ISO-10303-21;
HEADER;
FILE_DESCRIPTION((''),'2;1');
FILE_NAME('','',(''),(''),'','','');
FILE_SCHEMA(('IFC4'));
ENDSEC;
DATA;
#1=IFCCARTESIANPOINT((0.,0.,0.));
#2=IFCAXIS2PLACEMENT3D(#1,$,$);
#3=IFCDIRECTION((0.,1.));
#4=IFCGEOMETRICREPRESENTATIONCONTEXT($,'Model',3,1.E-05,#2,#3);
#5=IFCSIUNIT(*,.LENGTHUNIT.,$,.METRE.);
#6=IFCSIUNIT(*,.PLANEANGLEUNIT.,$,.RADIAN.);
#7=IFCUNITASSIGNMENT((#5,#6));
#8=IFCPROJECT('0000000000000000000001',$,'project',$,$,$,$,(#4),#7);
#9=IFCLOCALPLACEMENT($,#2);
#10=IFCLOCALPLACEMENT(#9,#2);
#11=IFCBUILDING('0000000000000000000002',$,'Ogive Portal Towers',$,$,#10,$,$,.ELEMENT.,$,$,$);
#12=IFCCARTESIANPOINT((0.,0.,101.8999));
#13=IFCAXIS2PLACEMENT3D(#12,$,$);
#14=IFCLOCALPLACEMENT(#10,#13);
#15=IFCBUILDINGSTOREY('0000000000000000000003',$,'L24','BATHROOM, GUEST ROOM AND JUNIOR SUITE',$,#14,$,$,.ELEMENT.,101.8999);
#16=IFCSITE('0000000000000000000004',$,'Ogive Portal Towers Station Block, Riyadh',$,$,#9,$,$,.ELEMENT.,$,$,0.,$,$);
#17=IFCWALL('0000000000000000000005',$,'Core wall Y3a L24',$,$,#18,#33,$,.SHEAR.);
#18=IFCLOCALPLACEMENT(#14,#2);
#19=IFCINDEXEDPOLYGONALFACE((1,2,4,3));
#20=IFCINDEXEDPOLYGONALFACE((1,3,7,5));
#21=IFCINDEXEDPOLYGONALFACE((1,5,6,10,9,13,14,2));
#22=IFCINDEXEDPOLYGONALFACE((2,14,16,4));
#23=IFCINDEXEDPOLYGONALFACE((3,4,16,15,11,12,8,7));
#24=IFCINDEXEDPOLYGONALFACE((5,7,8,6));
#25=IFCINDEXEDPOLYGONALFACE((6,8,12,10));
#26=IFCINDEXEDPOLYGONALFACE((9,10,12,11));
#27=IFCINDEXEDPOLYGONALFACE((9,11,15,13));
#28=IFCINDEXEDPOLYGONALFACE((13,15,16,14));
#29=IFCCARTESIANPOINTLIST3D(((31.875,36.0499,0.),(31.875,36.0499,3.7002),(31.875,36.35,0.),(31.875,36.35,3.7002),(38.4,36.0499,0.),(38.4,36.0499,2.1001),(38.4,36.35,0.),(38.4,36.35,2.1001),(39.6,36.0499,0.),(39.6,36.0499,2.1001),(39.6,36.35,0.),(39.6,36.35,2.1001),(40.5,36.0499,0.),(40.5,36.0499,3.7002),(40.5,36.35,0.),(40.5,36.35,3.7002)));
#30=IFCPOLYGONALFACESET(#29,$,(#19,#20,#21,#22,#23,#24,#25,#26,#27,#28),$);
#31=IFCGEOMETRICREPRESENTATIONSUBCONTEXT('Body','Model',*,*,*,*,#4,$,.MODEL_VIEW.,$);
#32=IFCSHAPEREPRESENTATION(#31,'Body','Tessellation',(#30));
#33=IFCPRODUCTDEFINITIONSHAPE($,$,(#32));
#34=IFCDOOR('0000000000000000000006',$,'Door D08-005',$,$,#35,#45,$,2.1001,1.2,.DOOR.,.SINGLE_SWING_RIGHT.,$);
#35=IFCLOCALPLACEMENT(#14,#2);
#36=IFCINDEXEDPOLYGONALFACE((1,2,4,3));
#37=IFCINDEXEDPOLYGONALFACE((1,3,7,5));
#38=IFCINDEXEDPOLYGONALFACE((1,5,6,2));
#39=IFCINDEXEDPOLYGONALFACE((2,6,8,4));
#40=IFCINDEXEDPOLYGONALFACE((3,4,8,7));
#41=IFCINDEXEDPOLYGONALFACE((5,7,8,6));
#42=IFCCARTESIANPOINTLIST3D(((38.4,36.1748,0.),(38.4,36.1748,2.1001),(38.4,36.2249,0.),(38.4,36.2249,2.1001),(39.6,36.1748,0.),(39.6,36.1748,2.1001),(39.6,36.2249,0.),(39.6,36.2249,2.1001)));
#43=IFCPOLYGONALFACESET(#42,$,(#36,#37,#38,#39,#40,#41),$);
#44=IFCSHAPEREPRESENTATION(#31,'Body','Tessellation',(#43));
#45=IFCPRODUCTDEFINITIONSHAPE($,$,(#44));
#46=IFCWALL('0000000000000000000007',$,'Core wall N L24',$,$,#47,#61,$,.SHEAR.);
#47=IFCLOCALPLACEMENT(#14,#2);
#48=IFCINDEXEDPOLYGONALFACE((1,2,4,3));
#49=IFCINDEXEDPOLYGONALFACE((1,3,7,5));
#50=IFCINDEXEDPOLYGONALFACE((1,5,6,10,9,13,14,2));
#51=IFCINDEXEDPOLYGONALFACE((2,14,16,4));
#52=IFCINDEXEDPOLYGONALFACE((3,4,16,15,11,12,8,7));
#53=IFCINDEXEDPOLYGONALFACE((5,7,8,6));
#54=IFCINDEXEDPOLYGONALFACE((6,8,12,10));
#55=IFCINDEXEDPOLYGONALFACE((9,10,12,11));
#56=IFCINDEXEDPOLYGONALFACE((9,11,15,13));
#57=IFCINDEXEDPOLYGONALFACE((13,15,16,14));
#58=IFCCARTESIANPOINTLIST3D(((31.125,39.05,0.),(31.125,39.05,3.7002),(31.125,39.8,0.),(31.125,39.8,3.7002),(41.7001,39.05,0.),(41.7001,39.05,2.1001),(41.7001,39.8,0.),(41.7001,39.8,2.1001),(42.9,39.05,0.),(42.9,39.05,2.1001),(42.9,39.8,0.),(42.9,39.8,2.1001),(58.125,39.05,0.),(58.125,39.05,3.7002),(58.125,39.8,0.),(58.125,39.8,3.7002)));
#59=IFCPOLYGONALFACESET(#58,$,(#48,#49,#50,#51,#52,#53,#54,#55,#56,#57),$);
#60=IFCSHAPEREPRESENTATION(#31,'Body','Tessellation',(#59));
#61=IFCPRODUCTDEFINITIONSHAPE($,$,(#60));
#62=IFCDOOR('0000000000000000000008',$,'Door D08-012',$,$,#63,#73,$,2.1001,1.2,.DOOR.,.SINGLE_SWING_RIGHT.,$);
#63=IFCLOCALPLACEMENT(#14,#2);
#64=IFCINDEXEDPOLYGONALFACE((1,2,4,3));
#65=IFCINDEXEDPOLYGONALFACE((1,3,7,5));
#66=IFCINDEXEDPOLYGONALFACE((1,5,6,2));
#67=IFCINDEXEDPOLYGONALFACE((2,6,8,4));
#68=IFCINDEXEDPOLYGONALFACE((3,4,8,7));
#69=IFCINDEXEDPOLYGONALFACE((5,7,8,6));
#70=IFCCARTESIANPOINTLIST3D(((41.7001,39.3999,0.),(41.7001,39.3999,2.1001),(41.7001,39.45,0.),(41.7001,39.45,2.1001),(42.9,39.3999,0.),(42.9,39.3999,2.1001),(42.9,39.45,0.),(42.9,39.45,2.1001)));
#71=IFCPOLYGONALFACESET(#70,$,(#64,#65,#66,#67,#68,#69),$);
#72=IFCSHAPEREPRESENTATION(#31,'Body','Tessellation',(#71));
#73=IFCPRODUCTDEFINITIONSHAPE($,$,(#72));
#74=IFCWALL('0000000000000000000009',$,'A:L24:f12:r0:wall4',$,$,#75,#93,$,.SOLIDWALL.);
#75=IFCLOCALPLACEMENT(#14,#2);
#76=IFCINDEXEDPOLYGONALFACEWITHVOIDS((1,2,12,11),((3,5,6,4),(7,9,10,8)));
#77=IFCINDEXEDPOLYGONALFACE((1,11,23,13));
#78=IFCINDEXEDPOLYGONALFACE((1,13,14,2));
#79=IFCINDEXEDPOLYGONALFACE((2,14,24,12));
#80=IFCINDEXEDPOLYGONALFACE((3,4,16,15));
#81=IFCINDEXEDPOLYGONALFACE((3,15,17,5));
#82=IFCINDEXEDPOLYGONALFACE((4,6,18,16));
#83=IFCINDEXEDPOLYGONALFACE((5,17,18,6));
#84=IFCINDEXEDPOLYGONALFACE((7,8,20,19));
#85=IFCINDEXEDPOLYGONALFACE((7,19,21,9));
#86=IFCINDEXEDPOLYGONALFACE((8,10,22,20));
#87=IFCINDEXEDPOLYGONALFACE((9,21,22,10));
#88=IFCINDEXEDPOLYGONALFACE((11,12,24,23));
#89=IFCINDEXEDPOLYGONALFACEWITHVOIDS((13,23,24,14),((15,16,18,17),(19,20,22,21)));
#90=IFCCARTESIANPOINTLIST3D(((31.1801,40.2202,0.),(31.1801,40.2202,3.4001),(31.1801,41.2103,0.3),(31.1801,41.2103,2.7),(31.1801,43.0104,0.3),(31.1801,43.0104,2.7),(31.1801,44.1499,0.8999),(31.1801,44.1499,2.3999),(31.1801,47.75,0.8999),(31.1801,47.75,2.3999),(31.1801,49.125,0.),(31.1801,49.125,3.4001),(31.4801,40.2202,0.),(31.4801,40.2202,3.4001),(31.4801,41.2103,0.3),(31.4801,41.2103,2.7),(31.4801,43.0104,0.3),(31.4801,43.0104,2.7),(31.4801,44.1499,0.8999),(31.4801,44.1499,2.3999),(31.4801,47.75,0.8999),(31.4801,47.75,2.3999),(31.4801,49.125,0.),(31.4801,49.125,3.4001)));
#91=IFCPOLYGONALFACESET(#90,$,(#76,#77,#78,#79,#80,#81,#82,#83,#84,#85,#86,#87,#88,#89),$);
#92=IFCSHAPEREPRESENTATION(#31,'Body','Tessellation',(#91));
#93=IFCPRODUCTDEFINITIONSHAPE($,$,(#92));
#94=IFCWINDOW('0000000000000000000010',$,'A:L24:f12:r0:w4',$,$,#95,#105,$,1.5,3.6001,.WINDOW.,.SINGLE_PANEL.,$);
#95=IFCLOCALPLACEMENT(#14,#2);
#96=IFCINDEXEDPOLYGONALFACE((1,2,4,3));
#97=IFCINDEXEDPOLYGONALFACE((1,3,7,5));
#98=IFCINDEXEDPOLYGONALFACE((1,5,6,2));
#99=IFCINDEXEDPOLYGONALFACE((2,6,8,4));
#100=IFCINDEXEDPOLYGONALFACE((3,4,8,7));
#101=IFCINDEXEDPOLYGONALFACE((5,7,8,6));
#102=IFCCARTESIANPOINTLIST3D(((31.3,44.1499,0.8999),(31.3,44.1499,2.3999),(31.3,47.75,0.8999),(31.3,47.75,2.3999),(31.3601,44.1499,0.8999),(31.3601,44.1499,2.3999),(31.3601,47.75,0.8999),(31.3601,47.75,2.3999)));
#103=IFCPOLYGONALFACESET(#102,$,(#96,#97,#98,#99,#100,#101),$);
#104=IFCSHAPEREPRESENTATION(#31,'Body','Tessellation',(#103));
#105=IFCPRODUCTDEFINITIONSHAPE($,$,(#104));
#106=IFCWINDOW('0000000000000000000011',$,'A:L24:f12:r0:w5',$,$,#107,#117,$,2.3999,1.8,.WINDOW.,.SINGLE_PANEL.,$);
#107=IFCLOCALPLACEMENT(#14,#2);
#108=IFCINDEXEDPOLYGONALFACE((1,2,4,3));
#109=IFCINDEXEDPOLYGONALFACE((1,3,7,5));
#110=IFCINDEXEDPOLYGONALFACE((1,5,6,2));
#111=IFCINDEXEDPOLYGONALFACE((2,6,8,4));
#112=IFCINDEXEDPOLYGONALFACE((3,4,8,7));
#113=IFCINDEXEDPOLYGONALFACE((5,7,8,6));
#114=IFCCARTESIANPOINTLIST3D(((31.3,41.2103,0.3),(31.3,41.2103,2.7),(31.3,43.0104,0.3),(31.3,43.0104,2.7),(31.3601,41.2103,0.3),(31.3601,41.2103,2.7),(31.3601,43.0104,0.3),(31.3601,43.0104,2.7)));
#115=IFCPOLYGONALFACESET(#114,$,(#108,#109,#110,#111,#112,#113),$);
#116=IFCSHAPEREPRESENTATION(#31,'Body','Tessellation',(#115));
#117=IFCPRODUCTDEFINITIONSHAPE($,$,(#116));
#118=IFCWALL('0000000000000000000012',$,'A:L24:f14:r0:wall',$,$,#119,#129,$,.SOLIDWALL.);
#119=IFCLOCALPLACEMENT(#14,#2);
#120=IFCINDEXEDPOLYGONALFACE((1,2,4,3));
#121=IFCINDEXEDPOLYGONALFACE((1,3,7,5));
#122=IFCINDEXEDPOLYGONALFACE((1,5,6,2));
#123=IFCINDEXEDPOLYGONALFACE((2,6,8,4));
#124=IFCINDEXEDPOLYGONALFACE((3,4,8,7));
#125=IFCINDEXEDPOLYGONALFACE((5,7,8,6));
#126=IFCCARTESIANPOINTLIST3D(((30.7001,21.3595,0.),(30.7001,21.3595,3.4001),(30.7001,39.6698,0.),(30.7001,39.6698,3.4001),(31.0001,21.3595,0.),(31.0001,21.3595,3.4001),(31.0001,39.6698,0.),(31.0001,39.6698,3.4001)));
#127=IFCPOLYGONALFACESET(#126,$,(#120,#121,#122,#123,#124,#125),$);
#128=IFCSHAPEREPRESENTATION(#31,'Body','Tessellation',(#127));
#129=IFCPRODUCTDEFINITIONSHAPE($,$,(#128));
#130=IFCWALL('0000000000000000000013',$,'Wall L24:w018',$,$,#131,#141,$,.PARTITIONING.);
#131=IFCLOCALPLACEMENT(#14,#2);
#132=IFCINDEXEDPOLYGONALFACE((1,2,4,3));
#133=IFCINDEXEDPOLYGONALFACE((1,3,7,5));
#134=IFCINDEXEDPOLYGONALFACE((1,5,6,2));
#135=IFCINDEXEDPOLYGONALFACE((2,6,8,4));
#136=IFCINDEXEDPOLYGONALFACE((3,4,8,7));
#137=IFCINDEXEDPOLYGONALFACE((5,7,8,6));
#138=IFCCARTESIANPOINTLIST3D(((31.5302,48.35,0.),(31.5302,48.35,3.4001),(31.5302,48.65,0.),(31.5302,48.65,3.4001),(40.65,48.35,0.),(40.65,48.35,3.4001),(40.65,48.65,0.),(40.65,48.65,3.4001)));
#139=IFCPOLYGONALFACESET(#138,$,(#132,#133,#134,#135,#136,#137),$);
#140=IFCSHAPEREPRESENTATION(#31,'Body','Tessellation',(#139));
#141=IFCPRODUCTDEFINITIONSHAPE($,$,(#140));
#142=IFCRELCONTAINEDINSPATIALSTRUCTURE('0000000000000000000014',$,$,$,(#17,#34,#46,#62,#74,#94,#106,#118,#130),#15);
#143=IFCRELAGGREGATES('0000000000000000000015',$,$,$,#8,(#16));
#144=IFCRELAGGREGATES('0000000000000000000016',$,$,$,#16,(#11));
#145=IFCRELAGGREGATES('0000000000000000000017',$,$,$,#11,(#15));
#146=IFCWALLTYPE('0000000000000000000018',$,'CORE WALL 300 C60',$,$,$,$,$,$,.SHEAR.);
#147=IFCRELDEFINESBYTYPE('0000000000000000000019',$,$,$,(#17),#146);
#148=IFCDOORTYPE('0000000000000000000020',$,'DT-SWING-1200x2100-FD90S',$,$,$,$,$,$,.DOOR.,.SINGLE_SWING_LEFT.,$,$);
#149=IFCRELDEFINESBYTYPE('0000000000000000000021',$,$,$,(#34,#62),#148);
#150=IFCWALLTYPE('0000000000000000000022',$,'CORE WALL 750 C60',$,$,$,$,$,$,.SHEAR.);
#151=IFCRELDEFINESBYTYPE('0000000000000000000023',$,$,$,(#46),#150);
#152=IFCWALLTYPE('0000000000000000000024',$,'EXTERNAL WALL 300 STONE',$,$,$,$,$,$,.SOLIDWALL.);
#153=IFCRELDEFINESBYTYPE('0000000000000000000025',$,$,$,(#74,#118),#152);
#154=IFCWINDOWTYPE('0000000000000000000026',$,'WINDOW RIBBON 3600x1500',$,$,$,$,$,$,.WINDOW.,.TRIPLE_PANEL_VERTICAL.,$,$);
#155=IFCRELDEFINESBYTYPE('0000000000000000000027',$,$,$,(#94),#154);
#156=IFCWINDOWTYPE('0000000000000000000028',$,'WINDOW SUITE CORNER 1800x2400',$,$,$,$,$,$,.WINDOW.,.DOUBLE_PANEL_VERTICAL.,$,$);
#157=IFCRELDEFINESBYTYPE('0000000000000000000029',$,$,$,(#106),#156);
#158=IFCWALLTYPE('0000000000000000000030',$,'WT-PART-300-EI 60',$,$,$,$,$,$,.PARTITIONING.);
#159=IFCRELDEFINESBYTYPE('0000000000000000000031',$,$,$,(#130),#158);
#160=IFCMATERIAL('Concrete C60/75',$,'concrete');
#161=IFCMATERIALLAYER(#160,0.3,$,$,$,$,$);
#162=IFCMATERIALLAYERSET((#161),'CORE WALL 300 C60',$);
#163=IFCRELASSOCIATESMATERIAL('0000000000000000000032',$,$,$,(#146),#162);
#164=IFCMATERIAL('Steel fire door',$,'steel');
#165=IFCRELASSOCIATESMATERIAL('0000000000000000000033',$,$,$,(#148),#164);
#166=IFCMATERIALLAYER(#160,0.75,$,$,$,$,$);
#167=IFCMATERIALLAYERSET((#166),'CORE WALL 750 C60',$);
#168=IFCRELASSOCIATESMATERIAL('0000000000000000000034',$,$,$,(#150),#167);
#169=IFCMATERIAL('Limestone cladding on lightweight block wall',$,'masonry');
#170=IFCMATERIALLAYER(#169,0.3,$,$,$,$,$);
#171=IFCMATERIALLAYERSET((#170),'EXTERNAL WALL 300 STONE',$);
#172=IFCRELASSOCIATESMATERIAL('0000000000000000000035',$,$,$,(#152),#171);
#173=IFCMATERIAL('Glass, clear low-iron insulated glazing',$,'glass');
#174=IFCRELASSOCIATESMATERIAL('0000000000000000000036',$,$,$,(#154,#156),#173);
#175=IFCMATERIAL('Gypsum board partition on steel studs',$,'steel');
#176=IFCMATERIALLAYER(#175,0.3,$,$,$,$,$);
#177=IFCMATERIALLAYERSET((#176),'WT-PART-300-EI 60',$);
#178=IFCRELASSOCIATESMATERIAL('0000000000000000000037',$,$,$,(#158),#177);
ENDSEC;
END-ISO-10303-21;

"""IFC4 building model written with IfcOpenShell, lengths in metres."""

from ifc_helpers import new_model, si_unit, direction, frame, frame_2d, origin, place, context, subcontext, project, spatial, rectangle, extrude, material, layer, layer_set, type_object, element, fill, save


model = new_model("IFC4")

# Units and contexts
model_context = context("Model", 3, precision=1e-05, world=origin(), true_north=direction((0.0, 1.0)))
body_context = subcontext(model_context, "Body", "Model", "MODEL_VIEW")
ifc_project = project(units=[si_unit("LENGTHUNIT", "METRE"), si_unit("PLANEANGLEUNIT", "RADIAN")], contexts=[model_context])

# Site, building, storey
site_placement = place(None, origin())
site = spatial("IfcSite", under=ifc_project, at=site_placement, Name="Ogive Portal Towers Station Block, Riyadh", CompositionType="ELEMENT", RefElevation=0.0)
building_placement = place(site_placement, origin())
building = spatial("IfcBuilding", under=site, at=building_placement, Name="Ogive Portal Towers", CompositionType="ELEMENT")
storey_placement = place(building_placement, frame((0.0, 0.0, 101.8999)))
storey = spatial("IfcBuildingStorey", under=building, at=storey_placement, Name="L24", Description="BATHROOM, GUEST ROOM AND JUNIOR SUITE", CompositionType="ELEMENT", Elevation=101.8999)

# Shared definitions
ifc_material_1 = material(Name="Concrete C60/75", Category="concrete")

# Shared definitions
ifc_material_2 = material(Name="Glass, clear low-iron insulated glazing", Category="glass")

# Shared definitions
ifc_layer_1 = layer(ifc_material_1, 0.3)
ifc_layer_set_1 = layer_set([ifc_layer_1], Name="CORE WALL 300 C60")
wall_type_1 = type_object("IfcWallType", Name="CORE WALL 300 C60", PredefinedType="SHEAR", material=ifc_layer_set_1)
ifc_material_3 = material(Name="Steel fire door", Category="steel")
door_type_1 = type_object("IfcDoorType", Name="DT-SWING-1200x2100-FD90S", OperationType="SINGLE_SWING_LEFT", PredefinedType="DOOR", material=ifc_material_3)

# Walls, openings, doors
wall_1_placement = place(storey_placement, frame((31.875, 36.2, 0.0), z_axis=(0.0, 0.0, 1.0), x_axis=(1.0, 0.0, 0.0)))
wall_1 = element("IfcWall", 1, at=wall_1_placement, inside=storey, type_object=wall_type_1, Name="Core wall Y3a L24", PredefinedType="SHEAR", context=body_context, shape_type="SweptSolid", body=[
    extrude(rectangle(XDim=8.625, YDim=0.3, at=frame_2d((4.3125, 0.0))), origin(), (0.0, 0.0, 1.0), 3.7002),
])
opening_1_placement = place(wall_1_placement, frame((6.5249, 0.0, 0.0)))
opening_1 = element("IfcOpeningElement", 2, at=opening_1_placement, cuts=wall_1, PredefinedType="OPENING", context=body_context, shape_type="SweptSolid", body=[
    extrude(rectangle(XDim=1.2, YDim=2.1001, at=frame_2d((0.6001, 1.05))), frame((0.0, 0.1602, 0.0), z_axis=(0.0, -1.0, 0.0), x_axis=(1.0, 0.0, 0.0)), (0.0, 0.0, 1.0), 0.3201),
])
door_1_placement = place(opening_1_placement, origin())
door_1 = element("IfcDoor", 3, at=door_1_placement, inside=storey, type_object=door_type_1, Name="Door D08-005", OperationType="SINGLE_SWING_RIGHT", OverallHeight=2.1001, OverallWidth=1.2, PredefinedType="DOOR", context=body_context, shape_type="SweptSolid", body=[
    extrude(rectangle(XDim=1.2, YDim=2.1001, at=frame_2d((0.6001, 1.05))), frame((0.0, 0.0249, 0.0), z_axis=(0.0, -1.0, 0.0), x_axis=(1.0, 0.0, 0.0)), (0.0, 0.0, 1.0), 0.05),
])
fill(opening_1, door_1)
ifc_layer_2 = layer(ifc_material_1, 0.75)
ifc_layer_set_2 = layer_set([ifc_layer_2], Name="CORE WALL 750 C60")
wall_type_2 = type_object("IfcWallType", Name="CORE WALL 750 C60", PredefinedType="SHEAR", material=ifc_layer_set_2)
wall_2_placement = place(storey_placement, frame((31.125, 39.425, 0.0), z_axis=(0.0, 0.0, 1.0), x_axis=(1.0, 0.0, 0.0)))
wall_2 = element("IfcWall", 4, at=wall_2_placement, inside=storey, type_object=wall_type_2, Name="Core wall N L24", PredefinedType="SHEAR", context=body_context, shape_type="SweptSolid", body=[
    extrude(rectangle(XDim=27.0, YDim=0.75, at=frame_2d((13.5, 0.0))), origin(), (0.0, 0.0, 1.0), 3.7002),
])
opening_2_placement = place(wall_2_placement, frame((10.575, 0.0, 0.0)))
opening_2 = element("IfcOpeningElement", 5, at=opening_2_placement, cuts=wall_2, PredefinedType="OPENING", context=body_context, shape_type="SweptSolid", body=[
    extrude(rectangle(XDim=1.2, YDim=2.1001, at=frame_2d((0.6001, 1.05))), frame((0.0, 0.385, 0.0), z_axis=(0.0, -1.0, 0.0), x_axis=(1.0, 0.0, 0.0)), (0.0, 0.0, 1.0), 0.77),
])
door_2_placement = place(opening_2_placement, origin())
door_2 = element("IfcDoor", 6, at=door_2_placement, inside=storey, type_object=door_type_1, Name="Door D08-012", OperationType="SINGLE_SWING_RIGHT", OverallHeight=2.1001, OverallWidth=1.2, PredefinedType="DOOR", context=body_context, shape_type="SweptSolid", body=[
    extrude(rectangle(XDim=1.2, YDim=2.1001, at=frame_2d((0.6001, 1.05))), frame((0.0, 0.0249, 0.0), z_axis=(0.0, -1.0, 0.0), x_axis=(1.0, 0.0, 0.0)), (0.0, 0.0, 1.0), 0.05),
])
fill(opening_2, door_2)

# Wall, openings, windows
ifc_material_4 = material(Name="Limestone cladding on lightweight block wall", Category="masonry")
ifc_layer_3 = layer(ifc_material_4, 0.3)
ifc_layer_set_3 = layer_set([ifc_layer_3], Name="EXTERNAL WALL 300 STONE")
wall_type_3 = type_object("IfcWallType", Name="EXTERNAL WALL 300 STONE", PredefinedType="SOLIDWALL", material=ifc_layer_set_3)
wall_3_placement = place(storey_placement, frame((31.3301, 49.125, 0.0), z_axis=(0.0, 0.0, 1.0), x_axis=(0.0, -1.0, 0.0)))
wall_3 = element("IfcWall", 7, at=wall_3_placement, inside=storey, type_object=wall_type_3, Name="A:L24:f12:r0:wall4", PredefinedType="SOLIDWALL", context=body_context, shape_type="SweptSolid", body=[
    extrude(rectangle(XDim=8.9048, YDim=0.3, at=frame_2d((4.4524, 0.0))), origin(), (0.0, 0.0, 1.0), 3.4001),
])
opening_3_placement = place(wall_3_placement, frame((1.375, 0.0, 0.8999)))
opening_3 = element("IfcOpeningElement", 8, at=opening_3_placement, cuts=wall_3, PredefinedType="OPENING", context=body_context, shape_type="SweptSolid", body=[
    extrude(rectangle(XDim=3.6001, YDim=1.5, at=frame_2d((1.8, 0.75))), frame((0.0, 0.1602, 0.0), z_axis=(0.0, -1.0, 0.0), x_axis=(1.0, 0.0, 0.0)), (0.0, 0.0, 1.0), 0.3201),
])
opening_4_placement = place(wall_3_placement, frame((6.1147, 0.0, 0.3)))
opening_4 = element("IfcOpeningElement", 9, at=opening_4_placement, cuts=wall_3, PredefinedType="OPENING", context=body_context, shape_type="SweptSolid", body=[
    extrude(rectangle(XDim=1.8, YDim=2.3999, at=frame_2d((0.8999, 1.2))), frame((0.0, 0.1602, 0.0), z_axis=(0.0, -1.0, 0.0), x_axis=(1.0, 0.0, 0.0)), (0.0, 0.0, 1.0), 0.3201),
])
window_type_1 = type_object("IfcWindowType", Name="WINDOW RIBBON 3600x1500", PartitioningType="TRIPLE_PANEL_VERTICAL", PredefinedType="WINDOW", material=ifc_material_2)
window_1_placement = place(opening_3_placement, origin())
window_1 = element("IfcWindow", 10, at=window_1_placement, inside=storey, type_object=window_type_1, Name="A:L24:f12:r0:w4", OverallHeight=1.5, OverallWidth=3.6001, PartitioningType="SINGLE_PANEL", PredefinedType="WINDOW", context=body_context, shape_type="SweptSolid", body=[
    extrude(rectangle(XDim=3.6001, YDim=1.5, at=frame_2d((1.8, 0.75))), frame((0.0, 0.03, 0.0), z_axis=(0.0, -1.0, 0.0), x_axis=(1.0, 0.0, 0.0)), (0.0, 0.0, 1.0), 0.0601),
])
fill(opening_3, window_1)
window_type_2 = type_object("IfcWindowType", Name="WINDOW SUITE CORNER 1800x2400", PartitioningType="DOUBLE_PANEL_VERTICAL", PredefinedType="WINDOW", material=ifc_material_2)
window_2_placement = place(opening_4_placement, origin())
window_2 = element("IfcWindow", 11, at=window_2_placement, inside=storey, type_object=window_type_2, Name="A:L24:f12:r0:w5", OverallHeight=2.3999, OverallWidth=1.8, PartitioningType="SINGLE_PANEL", PredefinedType="WINDOW", context=body_context, shape_type="SweptSolid", body=[
    extrude(rectangle(XDim=1.8, YDim=2.3999, at=frame_2d((0.8999, 1.2))), frame((0.0, 0.03, 0.0), z_axis=(0.0, -1.0, 0.0), x_axis=(1.0, 0.0, 0.0)), (0.0, 0.0, 1.0), 0.0601),
])
fill(opening_4, window_2)

# Walls
wall_4_placement = place(storey_placement, frame((30.8501, 39.6699, 0.0), z_axis=(0.0, 0.0, 1.0), x_axis=(0.0, -1.0, 0.0)))
element("IfcWall", 12, at=wall_4_placement, inside=storey, type_object=wall_type_3, Name="A:L24:f14:r0:wall", PredefinedType="SOLIDWALL", context=body_context, shape_type="SweptSolid", body=[
    extrude(rectangle(XDim=18.3103, YDim=0.3, at=frame_2d((9.1553, 0.0))), origin(), (0.0, 0.0, 1.0), 3.4001),
])
ifc_material_5 = material(Name="Gypsum board partition on steel studs", Category="steel")
ifc_layer_4 = layer(ifc_material_5, 0.3)
ifc_layer_set_4 = layer_set([ifc_layer_4], Name="WT-PART-300-EI 60")
wall_type_4 = type_object("IfcWallType", Name="WT-PART-300-EI 60", PredefinedType="PARTITIONING", material=ifc_layer_set_4)
wall_5_placement = place(storey_placement, frame((31.53, 48.5, 0.0), z_axis=(0.0, 0.0, 1.0), x_axis=(1.0, 0.0, 0.0)))
element("IfcWall", 13, at=wall_5_placement, inside=storey, type_object=wall_type_4, Name="Wall L24:w018", PredefinedType="PARTITIONING", context=body_context, shape_type="SweptSolid", body=[
    extrude(rectangle(XDim=9.1199, YDim=0.3, at=frame_2d((4.5601, 0.0))), origin(), (0.0, 0.0, 1.0), 3.4001),
])

save(model, "model.ifc")
